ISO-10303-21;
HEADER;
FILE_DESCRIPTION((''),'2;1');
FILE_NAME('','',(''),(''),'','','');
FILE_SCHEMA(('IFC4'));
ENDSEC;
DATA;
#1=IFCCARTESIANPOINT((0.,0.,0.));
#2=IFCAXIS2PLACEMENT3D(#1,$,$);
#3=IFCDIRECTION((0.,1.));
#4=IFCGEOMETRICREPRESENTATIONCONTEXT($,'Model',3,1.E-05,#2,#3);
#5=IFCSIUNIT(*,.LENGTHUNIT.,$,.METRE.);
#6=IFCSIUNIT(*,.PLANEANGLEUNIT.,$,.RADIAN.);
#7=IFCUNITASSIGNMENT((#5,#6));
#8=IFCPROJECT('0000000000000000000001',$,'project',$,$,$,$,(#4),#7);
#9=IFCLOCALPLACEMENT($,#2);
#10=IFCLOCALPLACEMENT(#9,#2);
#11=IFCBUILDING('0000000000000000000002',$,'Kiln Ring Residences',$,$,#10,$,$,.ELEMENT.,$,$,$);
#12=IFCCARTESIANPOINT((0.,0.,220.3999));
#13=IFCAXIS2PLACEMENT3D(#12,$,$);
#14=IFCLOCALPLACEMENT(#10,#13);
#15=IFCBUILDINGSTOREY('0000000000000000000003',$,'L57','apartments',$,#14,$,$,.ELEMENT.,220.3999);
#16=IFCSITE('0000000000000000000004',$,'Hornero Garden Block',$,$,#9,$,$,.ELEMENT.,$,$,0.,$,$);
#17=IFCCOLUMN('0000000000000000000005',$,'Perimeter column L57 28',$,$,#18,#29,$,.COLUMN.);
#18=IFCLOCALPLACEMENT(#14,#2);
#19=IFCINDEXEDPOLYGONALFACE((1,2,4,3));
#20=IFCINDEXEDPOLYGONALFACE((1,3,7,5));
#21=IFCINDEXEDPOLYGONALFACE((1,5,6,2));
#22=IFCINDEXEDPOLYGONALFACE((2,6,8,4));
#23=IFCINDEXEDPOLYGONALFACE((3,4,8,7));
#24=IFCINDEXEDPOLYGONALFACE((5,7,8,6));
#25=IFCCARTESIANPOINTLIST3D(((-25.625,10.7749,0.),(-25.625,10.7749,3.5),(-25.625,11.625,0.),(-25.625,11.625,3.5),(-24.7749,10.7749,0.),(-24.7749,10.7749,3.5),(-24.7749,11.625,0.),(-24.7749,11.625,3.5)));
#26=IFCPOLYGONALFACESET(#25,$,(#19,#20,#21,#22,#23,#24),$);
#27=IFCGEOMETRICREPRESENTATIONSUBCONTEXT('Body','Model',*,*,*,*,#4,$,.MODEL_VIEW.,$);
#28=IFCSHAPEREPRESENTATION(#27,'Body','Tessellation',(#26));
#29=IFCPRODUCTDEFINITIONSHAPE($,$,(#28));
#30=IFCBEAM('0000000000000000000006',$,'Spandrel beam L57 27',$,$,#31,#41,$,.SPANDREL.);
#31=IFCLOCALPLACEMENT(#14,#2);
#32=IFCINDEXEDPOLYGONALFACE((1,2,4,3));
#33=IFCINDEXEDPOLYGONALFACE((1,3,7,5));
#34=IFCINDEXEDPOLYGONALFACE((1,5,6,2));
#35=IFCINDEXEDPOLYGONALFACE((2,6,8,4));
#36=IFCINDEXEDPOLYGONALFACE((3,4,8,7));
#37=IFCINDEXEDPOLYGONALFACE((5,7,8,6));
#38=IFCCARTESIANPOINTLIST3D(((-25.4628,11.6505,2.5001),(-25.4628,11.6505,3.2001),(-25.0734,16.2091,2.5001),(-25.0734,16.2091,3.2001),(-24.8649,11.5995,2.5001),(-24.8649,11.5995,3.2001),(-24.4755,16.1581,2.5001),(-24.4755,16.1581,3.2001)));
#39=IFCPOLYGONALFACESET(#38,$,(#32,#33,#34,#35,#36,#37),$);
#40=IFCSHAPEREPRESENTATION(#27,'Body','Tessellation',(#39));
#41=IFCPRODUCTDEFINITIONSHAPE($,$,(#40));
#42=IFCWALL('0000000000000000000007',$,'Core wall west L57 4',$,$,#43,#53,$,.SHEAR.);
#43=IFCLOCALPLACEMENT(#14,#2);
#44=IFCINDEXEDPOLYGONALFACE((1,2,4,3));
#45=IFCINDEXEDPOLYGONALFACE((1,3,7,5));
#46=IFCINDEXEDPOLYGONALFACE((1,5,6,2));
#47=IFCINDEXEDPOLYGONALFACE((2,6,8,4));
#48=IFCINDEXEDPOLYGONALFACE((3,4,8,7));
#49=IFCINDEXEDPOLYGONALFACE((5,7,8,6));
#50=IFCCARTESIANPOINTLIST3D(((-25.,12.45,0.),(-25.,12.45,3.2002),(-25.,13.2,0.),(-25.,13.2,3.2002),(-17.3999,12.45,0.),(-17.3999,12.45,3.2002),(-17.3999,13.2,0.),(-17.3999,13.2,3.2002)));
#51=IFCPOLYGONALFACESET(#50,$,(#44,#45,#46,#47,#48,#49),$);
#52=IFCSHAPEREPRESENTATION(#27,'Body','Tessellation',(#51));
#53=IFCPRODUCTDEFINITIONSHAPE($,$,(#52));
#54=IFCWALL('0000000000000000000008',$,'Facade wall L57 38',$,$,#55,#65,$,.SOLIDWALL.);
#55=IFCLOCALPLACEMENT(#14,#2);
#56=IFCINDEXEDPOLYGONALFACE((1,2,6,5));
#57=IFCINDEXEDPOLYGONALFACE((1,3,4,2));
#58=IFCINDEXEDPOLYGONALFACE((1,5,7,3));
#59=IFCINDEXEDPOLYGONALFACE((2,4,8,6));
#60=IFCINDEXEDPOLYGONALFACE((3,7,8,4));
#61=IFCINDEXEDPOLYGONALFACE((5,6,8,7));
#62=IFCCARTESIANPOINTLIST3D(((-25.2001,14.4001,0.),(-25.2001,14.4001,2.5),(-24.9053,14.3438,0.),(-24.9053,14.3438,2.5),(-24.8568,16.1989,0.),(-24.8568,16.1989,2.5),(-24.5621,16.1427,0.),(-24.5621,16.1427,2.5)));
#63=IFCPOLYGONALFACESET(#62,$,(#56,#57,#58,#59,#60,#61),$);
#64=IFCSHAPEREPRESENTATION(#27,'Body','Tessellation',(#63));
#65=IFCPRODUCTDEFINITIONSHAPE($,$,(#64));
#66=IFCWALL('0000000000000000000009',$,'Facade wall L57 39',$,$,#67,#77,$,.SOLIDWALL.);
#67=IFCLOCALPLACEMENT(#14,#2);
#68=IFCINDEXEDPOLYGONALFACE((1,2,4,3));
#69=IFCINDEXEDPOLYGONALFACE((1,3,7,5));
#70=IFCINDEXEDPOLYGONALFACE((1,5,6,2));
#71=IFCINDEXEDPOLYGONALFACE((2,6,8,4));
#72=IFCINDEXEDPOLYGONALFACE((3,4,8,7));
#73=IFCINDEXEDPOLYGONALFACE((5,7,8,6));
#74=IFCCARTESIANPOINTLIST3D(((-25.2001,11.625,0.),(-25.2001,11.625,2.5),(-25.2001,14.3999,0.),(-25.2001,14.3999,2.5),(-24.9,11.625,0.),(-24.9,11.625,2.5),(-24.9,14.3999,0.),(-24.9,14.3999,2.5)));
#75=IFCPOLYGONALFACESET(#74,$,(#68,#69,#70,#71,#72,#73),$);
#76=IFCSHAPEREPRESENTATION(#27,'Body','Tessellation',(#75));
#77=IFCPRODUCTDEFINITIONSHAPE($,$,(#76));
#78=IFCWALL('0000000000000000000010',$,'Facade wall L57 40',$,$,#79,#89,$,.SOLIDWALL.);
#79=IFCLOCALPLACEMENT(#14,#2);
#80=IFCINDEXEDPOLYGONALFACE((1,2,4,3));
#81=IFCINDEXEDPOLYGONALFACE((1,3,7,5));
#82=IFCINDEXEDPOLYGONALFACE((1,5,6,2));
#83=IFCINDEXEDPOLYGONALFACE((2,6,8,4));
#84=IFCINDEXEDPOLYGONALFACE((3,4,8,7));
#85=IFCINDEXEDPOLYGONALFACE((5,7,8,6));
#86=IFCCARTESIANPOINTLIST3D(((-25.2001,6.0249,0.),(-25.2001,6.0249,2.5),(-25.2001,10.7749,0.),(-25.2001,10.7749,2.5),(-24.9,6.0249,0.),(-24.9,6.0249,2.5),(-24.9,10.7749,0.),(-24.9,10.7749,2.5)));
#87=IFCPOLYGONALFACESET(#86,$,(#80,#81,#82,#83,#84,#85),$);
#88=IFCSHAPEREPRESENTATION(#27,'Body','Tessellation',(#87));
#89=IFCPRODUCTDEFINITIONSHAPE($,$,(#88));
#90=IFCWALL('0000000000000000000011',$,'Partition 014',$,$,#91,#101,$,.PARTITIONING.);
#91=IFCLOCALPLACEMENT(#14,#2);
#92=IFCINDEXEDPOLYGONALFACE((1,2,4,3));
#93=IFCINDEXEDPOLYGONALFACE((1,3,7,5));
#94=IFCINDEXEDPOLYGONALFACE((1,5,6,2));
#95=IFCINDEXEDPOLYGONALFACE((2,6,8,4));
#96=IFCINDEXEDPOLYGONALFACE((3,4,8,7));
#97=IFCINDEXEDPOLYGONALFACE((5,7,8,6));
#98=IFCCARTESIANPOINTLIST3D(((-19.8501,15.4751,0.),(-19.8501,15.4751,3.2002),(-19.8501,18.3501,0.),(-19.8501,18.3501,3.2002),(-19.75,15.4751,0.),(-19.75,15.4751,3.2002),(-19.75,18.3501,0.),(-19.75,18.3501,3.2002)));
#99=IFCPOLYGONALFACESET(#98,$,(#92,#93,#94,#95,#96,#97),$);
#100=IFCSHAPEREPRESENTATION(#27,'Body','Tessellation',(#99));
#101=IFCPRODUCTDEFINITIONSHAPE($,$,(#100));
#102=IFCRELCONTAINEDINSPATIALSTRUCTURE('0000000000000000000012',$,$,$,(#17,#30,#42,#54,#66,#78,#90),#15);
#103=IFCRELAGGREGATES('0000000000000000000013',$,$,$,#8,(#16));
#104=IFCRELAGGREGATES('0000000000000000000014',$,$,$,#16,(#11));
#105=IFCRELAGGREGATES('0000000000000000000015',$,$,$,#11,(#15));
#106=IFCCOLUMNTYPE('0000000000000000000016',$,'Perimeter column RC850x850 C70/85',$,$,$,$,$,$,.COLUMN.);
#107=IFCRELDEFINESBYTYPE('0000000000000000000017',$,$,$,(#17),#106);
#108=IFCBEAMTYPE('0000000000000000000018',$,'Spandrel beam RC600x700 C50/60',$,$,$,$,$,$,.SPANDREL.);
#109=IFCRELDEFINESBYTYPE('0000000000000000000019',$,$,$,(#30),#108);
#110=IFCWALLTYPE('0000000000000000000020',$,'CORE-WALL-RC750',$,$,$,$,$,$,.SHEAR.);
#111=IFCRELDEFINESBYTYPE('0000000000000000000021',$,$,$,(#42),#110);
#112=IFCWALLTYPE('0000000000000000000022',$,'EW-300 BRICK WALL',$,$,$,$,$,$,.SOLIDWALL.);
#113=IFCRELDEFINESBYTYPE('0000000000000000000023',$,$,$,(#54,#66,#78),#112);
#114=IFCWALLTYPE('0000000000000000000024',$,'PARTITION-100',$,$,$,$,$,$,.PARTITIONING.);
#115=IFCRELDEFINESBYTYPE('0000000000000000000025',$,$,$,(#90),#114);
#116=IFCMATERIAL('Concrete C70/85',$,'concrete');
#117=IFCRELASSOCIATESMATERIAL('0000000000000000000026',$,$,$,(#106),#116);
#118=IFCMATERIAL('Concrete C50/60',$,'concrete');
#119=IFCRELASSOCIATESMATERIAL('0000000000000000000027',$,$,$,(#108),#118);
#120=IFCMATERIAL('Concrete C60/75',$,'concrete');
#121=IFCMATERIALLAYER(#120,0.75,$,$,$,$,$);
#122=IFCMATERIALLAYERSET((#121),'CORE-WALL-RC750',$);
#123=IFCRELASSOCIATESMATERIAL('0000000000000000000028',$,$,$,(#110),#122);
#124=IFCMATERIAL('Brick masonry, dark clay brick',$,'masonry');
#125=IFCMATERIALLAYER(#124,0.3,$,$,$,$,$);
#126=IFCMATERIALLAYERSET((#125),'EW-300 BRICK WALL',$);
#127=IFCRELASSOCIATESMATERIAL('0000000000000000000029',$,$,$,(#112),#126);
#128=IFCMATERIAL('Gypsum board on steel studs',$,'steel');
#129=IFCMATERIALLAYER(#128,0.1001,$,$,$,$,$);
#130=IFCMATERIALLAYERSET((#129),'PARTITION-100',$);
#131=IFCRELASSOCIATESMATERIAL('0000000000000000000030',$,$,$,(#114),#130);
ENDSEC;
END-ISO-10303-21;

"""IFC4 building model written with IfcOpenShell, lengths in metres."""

from ifc_helpers import new_model, si_unit, direction, frame, frame_2d, origin, origin_2d, place, context, subcontext, project, spatial, rectangle, extrude, material, layer, layer_set, material_profile, profile_set, type_object, element, save


model = new_model("IFC4")

# Units and contexts
model_context = context("Model", 3, precision=1e-05, world=origin(), true_north=direction((0.0, 1.0)))
body_context = subcontext(model_context, "Body", "Model", "MODEL_VIEW")
ifc_project = project(units=[si_unit("LENGTHUNIT", "METRE"), si_unit("PLANEANGLEUNIT", "RADIAN")], contexts=[model_context])

# Site, building, storey
site_placement = place(None, origin())
site = spatial("IfcSite", under=ifc_project, at=site_placement, Name="Hornero Garden Block", CompositionType="ELEMENT", RefElevation=0.0)
building_placement = place(site_placement, origin())
building = spatial("IfcBuilding", under=site, at=building_placement, Name="Kiln Ring Residences", CompositionType="ELEMENT")
storey_placement = place(building_placement, frame((0.0, 0.0, 220.3999)))
storey = spatial("IfcBuildingStorey", under=building, at=storey_placement, Name="L57", Description="apartments", CompositionType="ELEMENT", Elevation=220.3999)

# Column
ifc_material_1 = material(Name="Concrete C70/85", Category="concrete")
ifc_material_profile_1 = material_profile(ifc_material_1, rectangle(XDim=0.8501, YDim=0.8501, at=origin_2d()), Name="RC850x850")
ifc_profile_set_1 = profile_set([ifc_material_profile_1], Name="Concrete C70/85")
column_type = type_object("IfcColumnType", Name="Perimeter column RC850x850 C70/85", PredefinedType="COLUMN", material=ifc_profile_set_1)
column_placement = place(storey_placement, frame((-25.2, 11.2, 0.0), z_axis=(0.0, 0.0, 1.0), x_axis=(1.0, 0.0, 0.0)))
element("IfcColumn", 1, at=column_placement, inside=storey, type_object=column_type, Name="Perimeter column L57 28", PredefinedType="COLUMN", context=body_context, shape_type="SweptSolid", body=[
    extrude(rectangle(XDim=0.8501, YDim=0.8501, at=origin_2d()), origin(), (0.0, 0.0, 1.0), 3.5),
])

# Beam
ifc_material_2 = material(Name="Concrete C50/60", Category="concrete")
ifc_material_profile_2 = material_profile(ifc_material_2, rectangle(XDim=0.6001, YDim=0.7, at=origin_2d()), Name="RC600x700")
ifc_profile_set_2 = profile_set([ifc_material_profile_2], Name="Concrete C50/60")
beam_type = type_object("IfcBeamType", Name="Spandrel beam RC600x700 C50/60", PredefinedType="SPANDREL", material=ifc_profile_set_2)
beam_placement = place(storey_placement, frame((-24.7744, 16.1836, 2.8501), z_axis=(-0.085112, -0.996371, 0.0), x_axis=(0.996371, -0.085112, 0.0)))
element("IfcBeam", 2, at=beam_placement, inside=storey, type_object=beam_type, Name="Spandrel beam L57 27", PredefinedType="SPANDREL", context=body_context, shape_type="SweptSolid", body=[
    extrude(rectangle(XDim=0.6001, YDim=0.7, at=origin_2d()), origin(), (0.0, 0.0, 1.0), 4.5752),
])

# Walls
ifc_material_3 = material(Name="Concrete C60/75", Category="concrete")
ifc_layer_1 = layer(ifc_material_3, 0.75)
ifc_layer_set_1 = layer_set([ifc_layer_1], Name="CORE-WALL-RC750")
wall_type_1 = type_object("IfcWallType", Name="CORE-WALL-RC750", PredefinedType="SHEAR", material=ifc_layer_set_1)
wall_1_placement = place(storey_placement, frame((-17.3999, 12.825, 0.0), z_axis=(0.0, 0.0, 1.0), x_axis=(-1.0, 0.0, 0.0)))
element("IfcWall", 3, at=wall_1_placement, inside=storey, type_object=wall_type_1, Name="Core wall west L57 4", PredefinedType="SHEAR", context=body_context, shape_type="SweptSolid", body=[
    extrude(rectangle(XDim=7.6001, YDim=0.75, at=frame_2d((3.8, 0.0))), origin(), (0.0, 0.0, 1.0), 3.2002),
])
ifc_material_4 = material(Name="Brick masonry, dark clay brick", Category="masonry")
ifc_layer_2 = layer(ifc_material_4, 0.3)
ifc_layer_set_2 = layer_set([ifc_layer_2], Name="EW-300 BRICK WALL")
wall_type_2 = type_object("IfcWallType", Name="EW-300 BRICK WALL", PredefinedType="SOLIDWALL", material=ifc_layer_set_2)
wall_2_placement = place(storey_placement, frame((-24.7095, 16.1707, 0.0), z_axis=(0.0, 0.0, 1.0), x_axis=(-0.187443, -0.982275, 0.0)))
element("IfcWall", 4, at=wall_2_placement, inside=storey, type_object=wall_type_2, Name="Facade wall L57 38", PredefinedType="SOLIDWALL", context=body_context, shape_type="SweptSolid", body=[
    extrude(rectangle(XDim=1.8313, YDim=0.3, at=frame_2d((0.9155, 0.0))), origin(), (0.0, 0.0, 1.0), 2.5),
])
wall_3_placement = place(storey_placement, frame((-25.05, 14.3999, 0.0), z_axis=(0.0, 0.0, 1.0), x_axis=(0.0, -1.0, 0.0)))
element("IfcWall", 5, at=wall_3_placement, inside=storey, type_object=wall_type_2, Name="Facade wall L57 39", PredefinedType="SOLIDWALL", context=body_context, shape_type="SweptSolid", body=[
    extrude(rectangle(XDim=2.7749, YDim=0.3, at=frame_2d((1.3875, 0.0))), origin(), (0.0, 0.0, 1.0), 2.5),
])
wall_4_placement = place(storey_placement, frame((-25.05, 10.7749, 0.0), z_axis=(0.0, 0.0, 1.0), x_axis=(0.0, -1.0, 0.0)))
element("IfcWall", 6, at=wall_4_placement, inside=storey, type_object=wall_type_2, Name="Facade wall L57 40", PredefinedType="SOLIDWALL", context=body_context, shape_type="SweptSolid", body=[
    extrude(rectangle(XDim=4.75, YDim=0.3, at=frame_2d((2.375, 0.0))), origin(), (0.0, 0.0, 1.0), 2.5),
])
ifc_material_5 = material(Name="Gypsum board on steel studs", Category="steel")
ifc_layer_3 = layer(ifc_material_5, 0.1001)
ifc_layer_set_3 = layer_set([ifc_layer_3], Name="PARTITION-100")
wall_type_3 = type_object("IfcWallType", Name="PARTITION-100", PredefinedType="PARTITIONING", material=ifc_layer_set_3)
wall_5_placement = place(storey_placement, frame((-19.8, 15.4751, 0.0), z_axis=(0.0, 0.0, 1.0), x_axis=(0.0, 1.0, 0.0)))
element("IfcWall", 7, at=wall_5_placement, inside=storey, type_object=wall_type_3, Name="Partition 014", PredefinedType="PARTITIONING", context=body_context, shape_type="SweptSolid", body=[
    extrude(rectangle(XDim=2.875, YDim=0.1001, at=frame_2d((1.4375, 0.0))), origin(), (0.0, 0.0, 1.0), 3.2002),
])

save(model, "model.ifc")
